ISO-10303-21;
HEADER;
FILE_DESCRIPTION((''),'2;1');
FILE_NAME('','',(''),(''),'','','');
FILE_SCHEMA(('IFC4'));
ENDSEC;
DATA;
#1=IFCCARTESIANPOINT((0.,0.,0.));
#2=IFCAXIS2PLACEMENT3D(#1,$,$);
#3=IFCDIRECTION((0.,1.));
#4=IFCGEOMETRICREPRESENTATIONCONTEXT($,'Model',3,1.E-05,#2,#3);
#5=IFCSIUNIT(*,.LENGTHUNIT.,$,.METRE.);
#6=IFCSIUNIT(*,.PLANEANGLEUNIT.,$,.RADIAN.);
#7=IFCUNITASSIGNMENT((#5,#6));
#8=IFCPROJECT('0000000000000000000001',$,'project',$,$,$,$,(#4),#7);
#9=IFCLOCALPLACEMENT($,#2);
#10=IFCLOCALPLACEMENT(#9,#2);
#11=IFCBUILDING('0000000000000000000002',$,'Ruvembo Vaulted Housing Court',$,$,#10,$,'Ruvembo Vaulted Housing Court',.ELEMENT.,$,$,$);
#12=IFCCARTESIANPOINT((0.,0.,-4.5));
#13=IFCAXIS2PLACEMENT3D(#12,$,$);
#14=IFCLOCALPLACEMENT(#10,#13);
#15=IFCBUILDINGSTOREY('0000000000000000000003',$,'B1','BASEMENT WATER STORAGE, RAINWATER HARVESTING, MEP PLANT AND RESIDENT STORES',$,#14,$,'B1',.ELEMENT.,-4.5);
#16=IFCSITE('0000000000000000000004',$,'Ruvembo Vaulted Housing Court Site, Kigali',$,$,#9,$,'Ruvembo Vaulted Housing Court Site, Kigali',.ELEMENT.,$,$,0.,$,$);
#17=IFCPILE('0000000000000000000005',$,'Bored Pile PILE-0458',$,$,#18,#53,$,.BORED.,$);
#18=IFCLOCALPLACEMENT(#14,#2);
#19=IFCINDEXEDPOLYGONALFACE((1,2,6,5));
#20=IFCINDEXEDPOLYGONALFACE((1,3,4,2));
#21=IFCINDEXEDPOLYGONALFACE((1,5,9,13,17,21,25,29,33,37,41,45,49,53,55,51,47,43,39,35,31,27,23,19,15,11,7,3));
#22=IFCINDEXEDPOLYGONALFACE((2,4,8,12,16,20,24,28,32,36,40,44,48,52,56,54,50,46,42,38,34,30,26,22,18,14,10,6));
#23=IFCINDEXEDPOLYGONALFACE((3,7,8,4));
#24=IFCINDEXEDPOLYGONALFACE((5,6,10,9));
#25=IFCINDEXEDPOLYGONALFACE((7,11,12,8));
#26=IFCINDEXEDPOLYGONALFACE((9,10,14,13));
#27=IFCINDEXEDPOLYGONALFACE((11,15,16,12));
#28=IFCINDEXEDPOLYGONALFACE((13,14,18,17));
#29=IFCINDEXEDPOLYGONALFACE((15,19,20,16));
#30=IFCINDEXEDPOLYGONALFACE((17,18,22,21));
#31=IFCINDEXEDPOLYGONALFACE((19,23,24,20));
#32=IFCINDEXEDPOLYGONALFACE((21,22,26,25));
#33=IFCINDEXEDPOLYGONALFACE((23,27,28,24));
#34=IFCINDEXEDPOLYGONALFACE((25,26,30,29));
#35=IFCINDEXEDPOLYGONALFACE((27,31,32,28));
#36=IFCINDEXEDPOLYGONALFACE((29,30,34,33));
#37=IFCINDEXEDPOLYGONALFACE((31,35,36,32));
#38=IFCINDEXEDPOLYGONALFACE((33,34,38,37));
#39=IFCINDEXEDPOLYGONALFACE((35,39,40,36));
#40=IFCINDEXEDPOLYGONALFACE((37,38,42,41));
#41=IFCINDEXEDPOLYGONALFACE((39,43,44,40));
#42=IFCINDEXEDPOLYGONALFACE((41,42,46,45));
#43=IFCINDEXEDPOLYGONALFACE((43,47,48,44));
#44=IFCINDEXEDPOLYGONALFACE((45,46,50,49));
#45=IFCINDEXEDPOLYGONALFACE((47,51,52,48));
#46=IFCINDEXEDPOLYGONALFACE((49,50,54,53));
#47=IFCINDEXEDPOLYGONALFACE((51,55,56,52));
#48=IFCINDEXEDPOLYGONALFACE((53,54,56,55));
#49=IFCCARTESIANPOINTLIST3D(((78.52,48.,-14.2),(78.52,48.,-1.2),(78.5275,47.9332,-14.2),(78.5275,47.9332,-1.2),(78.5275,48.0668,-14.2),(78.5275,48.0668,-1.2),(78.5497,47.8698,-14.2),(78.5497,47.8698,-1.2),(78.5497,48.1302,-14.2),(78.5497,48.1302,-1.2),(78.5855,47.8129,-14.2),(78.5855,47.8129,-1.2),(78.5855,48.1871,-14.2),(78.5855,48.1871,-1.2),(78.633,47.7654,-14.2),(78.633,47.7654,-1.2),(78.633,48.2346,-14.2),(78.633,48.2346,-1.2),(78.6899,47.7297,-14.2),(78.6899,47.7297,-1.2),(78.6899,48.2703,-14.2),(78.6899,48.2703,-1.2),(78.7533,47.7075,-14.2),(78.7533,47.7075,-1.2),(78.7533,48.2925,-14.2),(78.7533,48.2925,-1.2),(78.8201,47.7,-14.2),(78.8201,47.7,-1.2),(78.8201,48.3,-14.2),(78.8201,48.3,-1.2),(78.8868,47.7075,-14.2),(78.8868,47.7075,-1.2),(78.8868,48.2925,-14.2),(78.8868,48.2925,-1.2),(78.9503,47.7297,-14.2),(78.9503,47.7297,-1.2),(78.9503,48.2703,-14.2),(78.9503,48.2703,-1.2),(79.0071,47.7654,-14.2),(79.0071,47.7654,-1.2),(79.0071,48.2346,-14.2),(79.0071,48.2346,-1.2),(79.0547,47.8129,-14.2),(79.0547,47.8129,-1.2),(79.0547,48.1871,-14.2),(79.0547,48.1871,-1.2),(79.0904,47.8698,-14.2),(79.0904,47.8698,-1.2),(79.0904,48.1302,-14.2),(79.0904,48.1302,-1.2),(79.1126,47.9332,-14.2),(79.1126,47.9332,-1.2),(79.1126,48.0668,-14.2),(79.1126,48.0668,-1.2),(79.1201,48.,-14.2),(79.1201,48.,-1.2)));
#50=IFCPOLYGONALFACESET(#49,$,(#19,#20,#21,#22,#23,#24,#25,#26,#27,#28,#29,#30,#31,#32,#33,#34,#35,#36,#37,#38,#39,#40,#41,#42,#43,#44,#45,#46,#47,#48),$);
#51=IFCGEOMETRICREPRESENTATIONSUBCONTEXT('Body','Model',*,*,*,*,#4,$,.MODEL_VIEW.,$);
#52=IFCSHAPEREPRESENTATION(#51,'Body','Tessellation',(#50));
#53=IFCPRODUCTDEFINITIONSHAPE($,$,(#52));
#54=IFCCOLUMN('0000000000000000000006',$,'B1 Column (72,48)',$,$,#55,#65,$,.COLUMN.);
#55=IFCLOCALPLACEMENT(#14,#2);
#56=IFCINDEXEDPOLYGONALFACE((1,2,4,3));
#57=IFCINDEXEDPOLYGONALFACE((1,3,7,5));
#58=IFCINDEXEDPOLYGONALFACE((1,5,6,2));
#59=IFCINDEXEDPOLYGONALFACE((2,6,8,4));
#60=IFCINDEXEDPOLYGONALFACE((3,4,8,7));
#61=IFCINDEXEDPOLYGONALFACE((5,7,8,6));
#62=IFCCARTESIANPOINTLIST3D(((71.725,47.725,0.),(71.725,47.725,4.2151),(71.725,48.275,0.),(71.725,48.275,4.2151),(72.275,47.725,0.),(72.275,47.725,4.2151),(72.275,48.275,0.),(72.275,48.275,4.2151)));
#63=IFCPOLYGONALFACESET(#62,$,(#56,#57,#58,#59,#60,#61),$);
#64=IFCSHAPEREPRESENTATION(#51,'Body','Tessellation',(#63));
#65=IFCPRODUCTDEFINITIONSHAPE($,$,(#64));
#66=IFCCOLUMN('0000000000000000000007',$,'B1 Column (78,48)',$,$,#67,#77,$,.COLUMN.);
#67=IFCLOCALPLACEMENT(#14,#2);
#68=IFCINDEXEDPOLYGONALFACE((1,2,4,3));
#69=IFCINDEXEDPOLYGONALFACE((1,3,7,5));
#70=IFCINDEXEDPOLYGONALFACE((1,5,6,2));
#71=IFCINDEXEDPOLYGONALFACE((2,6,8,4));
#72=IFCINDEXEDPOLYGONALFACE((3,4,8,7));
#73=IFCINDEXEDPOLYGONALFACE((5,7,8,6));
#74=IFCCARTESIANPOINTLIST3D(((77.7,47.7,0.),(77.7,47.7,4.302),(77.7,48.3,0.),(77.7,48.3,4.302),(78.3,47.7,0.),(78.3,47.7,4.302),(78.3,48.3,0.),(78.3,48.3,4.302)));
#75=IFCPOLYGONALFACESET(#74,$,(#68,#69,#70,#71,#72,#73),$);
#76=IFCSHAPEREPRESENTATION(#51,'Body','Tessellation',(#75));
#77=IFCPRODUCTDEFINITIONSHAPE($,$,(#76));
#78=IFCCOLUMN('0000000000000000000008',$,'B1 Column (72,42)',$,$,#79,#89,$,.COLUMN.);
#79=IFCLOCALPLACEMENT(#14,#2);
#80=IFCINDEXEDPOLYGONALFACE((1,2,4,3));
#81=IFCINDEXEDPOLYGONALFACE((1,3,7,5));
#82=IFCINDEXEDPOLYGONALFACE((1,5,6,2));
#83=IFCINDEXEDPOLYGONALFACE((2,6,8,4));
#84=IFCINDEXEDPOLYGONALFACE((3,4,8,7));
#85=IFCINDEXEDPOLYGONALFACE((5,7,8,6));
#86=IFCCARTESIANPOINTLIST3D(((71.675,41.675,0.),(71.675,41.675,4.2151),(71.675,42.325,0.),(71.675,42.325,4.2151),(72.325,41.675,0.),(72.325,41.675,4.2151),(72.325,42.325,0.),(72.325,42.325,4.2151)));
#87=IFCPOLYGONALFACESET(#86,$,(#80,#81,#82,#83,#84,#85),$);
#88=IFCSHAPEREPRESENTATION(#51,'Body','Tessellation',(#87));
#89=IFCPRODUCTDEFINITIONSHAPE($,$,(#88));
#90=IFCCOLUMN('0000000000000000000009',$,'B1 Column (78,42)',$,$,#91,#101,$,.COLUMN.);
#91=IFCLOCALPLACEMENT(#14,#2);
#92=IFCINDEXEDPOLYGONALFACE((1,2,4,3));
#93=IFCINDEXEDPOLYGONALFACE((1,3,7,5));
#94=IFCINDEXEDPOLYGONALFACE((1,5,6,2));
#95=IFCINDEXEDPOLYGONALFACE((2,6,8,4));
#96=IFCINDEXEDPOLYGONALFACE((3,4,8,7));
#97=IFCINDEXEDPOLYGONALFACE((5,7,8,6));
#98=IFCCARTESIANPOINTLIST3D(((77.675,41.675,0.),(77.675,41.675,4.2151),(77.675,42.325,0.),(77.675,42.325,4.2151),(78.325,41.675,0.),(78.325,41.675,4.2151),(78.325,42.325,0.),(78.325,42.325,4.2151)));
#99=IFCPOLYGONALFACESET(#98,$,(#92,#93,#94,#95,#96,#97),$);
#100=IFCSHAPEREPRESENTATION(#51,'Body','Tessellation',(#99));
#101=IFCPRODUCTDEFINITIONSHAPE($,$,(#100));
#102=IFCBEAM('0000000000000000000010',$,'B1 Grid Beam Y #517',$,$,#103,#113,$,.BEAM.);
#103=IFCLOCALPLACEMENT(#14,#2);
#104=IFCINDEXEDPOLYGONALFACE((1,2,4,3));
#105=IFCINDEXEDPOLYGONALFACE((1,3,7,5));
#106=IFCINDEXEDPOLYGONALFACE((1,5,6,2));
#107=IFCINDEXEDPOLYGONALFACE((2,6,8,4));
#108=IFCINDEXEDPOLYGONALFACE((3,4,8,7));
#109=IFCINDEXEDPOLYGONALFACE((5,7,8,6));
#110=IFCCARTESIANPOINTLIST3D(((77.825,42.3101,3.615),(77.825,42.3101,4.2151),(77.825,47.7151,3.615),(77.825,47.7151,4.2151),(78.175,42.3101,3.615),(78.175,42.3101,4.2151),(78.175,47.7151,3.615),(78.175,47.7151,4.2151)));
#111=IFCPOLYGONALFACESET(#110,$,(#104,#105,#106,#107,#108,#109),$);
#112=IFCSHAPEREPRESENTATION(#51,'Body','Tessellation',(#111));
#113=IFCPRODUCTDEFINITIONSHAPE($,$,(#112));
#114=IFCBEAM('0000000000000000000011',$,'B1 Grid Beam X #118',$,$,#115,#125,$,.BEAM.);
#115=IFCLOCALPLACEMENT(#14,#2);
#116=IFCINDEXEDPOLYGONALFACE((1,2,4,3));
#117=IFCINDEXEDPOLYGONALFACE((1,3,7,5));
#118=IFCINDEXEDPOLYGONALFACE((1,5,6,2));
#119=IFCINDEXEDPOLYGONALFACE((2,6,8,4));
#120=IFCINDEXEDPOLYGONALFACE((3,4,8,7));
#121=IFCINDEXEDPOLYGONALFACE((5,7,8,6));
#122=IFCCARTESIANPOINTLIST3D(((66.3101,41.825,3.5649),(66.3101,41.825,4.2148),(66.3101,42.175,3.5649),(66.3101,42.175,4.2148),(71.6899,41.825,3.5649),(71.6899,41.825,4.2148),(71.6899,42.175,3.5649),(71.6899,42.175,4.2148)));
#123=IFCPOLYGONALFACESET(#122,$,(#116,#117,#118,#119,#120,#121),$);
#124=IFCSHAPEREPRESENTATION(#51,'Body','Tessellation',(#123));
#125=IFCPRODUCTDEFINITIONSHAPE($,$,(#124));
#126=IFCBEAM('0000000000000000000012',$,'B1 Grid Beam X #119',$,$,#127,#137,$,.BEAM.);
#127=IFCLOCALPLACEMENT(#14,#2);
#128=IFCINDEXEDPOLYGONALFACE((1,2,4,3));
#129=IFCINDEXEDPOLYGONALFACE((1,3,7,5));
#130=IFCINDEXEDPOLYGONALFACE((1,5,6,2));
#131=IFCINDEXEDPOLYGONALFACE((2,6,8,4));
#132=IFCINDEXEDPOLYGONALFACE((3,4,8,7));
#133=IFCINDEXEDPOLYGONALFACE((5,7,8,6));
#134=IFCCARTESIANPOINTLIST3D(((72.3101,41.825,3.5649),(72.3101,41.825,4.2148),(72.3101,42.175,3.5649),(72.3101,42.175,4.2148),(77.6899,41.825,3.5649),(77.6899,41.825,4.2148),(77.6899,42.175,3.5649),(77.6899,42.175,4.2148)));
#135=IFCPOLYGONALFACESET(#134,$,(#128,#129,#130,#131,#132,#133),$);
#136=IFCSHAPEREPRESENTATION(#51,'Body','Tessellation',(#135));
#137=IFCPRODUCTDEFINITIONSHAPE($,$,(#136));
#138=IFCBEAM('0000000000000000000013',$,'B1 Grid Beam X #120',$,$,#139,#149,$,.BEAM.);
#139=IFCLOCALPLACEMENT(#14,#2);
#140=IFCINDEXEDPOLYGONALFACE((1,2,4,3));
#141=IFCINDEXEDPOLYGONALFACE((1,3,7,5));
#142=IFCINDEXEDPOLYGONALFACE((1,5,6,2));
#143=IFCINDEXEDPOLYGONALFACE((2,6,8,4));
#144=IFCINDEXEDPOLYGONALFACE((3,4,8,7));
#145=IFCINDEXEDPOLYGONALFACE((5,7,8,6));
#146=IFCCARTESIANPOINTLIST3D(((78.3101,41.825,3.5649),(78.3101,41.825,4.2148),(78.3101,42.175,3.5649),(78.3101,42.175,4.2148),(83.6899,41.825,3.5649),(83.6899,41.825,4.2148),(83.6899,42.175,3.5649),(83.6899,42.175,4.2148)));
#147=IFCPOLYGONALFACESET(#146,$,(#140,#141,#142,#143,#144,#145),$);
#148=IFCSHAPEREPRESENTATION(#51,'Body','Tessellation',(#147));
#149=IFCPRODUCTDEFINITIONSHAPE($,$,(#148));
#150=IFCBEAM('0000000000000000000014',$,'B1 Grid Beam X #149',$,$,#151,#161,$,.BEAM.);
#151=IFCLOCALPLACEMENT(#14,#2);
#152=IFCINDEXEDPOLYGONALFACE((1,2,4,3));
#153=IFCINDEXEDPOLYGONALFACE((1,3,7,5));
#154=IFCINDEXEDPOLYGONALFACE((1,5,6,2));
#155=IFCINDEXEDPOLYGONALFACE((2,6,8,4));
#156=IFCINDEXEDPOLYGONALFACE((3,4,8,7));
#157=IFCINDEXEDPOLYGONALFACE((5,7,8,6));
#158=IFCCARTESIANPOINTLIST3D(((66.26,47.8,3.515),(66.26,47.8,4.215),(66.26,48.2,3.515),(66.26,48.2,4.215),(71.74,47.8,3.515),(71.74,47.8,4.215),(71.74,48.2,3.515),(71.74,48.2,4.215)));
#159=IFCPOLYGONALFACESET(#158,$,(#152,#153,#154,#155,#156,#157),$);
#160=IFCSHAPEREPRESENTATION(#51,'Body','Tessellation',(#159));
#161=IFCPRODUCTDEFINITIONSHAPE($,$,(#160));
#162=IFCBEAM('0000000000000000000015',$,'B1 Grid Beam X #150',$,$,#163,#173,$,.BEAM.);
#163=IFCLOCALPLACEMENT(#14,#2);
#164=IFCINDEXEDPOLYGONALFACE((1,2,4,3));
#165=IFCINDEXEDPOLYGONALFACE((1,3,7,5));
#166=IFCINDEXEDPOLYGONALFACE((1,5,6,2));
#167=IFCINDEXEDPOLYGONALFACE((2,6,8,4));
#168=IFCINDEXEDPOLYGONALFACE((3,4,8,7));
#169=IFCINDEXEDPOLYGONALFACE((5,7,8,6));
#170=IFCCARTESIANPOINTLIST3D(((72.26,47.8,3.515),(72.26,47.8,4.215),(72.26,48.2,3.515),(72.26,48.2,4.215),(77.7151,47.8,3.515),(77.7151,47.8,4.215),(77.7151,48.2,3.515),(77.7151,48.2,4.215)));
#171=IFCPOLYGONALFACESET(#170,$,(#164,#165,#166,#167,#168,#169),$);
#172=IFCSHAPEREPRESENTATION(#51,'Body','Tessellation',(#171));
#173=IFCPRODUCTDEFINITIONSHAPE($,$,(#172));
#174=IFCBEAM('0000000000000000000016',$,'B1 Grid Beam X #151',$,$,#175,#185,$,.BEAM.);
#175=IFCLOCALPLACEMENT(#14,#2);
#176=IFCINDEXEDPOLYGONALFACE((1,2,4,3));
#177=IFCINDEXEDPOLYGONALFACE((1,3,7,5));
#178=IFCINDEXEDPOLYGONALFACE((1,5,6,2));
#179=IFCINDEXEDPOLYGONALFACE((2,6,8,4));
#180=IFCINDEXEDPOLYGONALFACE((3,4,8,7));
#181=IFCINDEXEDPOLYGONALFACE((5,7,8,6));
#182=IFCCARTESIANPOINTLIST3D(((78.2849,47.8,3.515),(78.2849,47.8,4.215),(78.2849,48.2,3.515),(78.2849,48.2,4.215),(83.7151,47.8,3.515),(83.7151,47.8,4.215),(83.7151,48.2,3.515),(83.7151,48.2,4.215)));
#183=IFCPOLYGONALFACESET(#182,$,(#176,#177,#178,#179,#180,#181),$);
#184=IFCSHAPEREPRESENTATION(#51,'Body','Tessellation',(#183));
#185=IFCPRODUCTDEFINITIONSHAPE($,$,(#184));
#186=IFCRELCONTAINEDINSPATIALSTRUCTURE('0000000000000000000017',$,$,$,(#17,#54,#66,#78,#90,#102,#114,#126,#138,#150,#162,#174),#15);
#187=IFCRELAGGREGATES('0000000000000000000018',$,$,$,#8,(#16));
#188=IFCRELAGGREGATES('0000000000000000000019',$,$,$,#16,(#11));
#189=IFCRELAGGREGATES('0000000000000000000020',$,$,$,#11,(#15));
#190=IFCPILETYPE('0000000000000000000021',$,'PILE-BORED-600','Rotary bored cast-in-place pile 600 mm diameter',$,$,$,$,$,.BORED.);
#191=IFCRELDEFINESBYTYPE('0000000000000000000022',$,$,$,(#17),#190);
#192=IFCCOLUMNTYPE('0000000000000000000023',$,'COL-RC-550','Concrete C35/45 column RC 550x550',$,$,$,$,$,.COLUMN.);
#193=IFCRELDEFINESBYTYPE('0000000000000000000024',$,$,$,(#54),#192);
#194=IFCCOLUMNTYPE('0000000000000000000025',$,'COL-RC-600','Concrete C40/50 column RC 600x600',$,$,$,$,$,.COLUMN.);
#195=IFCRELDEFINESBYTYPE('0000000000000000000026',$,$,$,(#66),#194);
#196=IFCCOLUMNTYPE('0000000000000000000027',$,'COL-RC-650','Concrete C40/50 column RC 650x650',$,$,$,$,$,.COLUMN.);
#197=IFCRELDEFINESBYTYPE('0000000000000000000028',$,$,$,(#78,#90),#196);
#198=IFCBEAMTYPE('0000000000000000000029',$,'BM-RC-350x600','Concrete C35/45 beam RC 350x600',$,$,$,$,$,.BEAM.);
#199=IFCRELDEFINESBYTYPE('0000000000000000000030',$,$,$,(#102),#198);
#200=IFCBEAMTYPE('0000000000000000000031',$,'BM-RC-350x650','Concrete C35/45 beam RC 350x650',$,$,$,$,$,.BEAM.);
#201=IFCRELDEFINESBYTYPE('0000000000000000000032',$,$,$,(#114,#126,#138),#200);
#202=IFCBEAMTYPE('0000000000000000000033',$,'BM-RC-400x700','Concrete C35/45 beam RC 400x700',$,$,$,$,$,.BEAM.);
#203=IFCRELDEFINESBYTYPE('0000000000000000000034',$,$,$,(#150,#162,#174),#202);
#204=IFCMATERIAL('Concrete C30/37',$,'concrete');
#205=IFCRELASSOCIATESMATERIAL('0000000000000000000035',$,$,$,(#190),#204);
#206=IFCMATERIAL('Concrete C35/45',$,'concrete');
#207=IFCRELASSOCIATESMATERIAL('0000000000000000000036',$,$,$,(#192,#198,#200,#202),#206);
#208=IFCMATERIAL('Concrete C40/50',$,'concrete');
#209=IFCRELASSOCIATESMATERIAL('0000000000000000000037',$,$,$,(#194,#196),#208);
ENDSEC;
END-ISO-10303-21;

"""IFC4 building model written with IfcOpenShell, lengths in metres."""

from ifc_helpers import new_model, si_unit, direction, frame, origin, origin_2d, place, context, subcontext, project, spatial, rectangle, circle, extrude, material, material_profile, profile_set, type_object, element, save


model = new_model("IFC4")

# Units and contexts
model_context = context("Model", 3, precision=1e-05, world=origin(), true_north=direction((0.0, 1.0)))
body_context = subcontext(model_context, "Body", "Model", "MODEL_VIEW")
ifc_project = project(units=[si_unit("LENGTHUNIT", "METRE"), si_unit("PLANEANGLEUNIT", "RADIAN")], contexts=[model_context])

# Site, building, storey
site_placement = place(None, origin())
site = spatial("IfcSite", under=ifc_project, at=site_placement, Name="Ruvembo Vaulted Housing Court Site, Kigali", LongName="Ruvembo Vaulted Housing Court Site, Kigali", CompositionType="ELEMENT", RefElevation=0.0)
building_placement = place(site_placement, origin())
building = spatial("IfcBuilding", under=site, at=building_placement, Name="Ruvembo Vaulted Housing Court", LongName="Ruvembo Vaulted Housing Court", CompositionType="ELEMENT")
storey_placement = place(building_placement, frame((0.0, 0.0, -4.5)))
storey = spatial("IfcBuildingStorey", under=building, at=storey_placement, Name="B1", Description="BASEMENT WATER STORAGE, RAINWATER HARVESTING, MEP PLANT AND RESIDENT STORES", LongName="B1", CompositionType="ELEMENT", Elevation=-4.5)

# Shared definitions
ifc_material_1 = material(Name="Concrete C35/45", Category="concrete")

# Pile
ifc_material_2 = material(Name="Concrete C30/37", Category="concrete")
ifc_material_profile_1 = material_profile(ifc_material_2, circle(Radius=0.3, at=origin_2d()), Name="PILE D600")
ifc_profile_set_1 = profile_set([ifc_material_profile_1], Name="Concrete C30/37")
pile_type = type_object("IfcPileType", Name="PILE-BORED-600", Description="Rotary bored cast-in-place pile 600 mm diameter", PredefinedType="BORED", material=ifc_profile_set_1)
for number, where, z_axis, x_axis, name in (
    (1, (78.8201, 48.0, -1.2), (0.0, 0.0, -1.0), (1.0, 0.0, 0.0), "Bored Pile PILE-0458"),
):
    element("IfcPile", number, at=place(storey_placement, frame(where, z_axis=z_axis, x_axis=x_axis)), inside=storey, type_object=pile_type, Name=name, PredefinedType="BORED", context=body_context, shape_type="SweptSolid", body=[
        extrude(circle(Radius=0.3, at=origin_2d()), origin(), (0.0, 0.0, 1.0), 13.0),
    ])

# Columns
ifc_material_profile_2 = material_profile(ifc_material_1, rectangle(XDim=0.55, YDim=0.55, at=origin_2d()), Name="RC 550x550")
ifc_profile_set_2 = profile_set([ifc_material_profile_2], Name="Concrete C35/45")
column_type_1 = type_object("IfcColumnType", Name="COL-RC-550", Description="Concrete C35/45 column RC 550x550", PredefinedType="COLUMN", material=ifc_profile_set_2)
column_1_placement = place(storey_placement, frame((72.0, 48.0, 0.0), z_axis=(0.0, 0.0, 1.0), x_axis=(1.0, 0.0, 0.0)))
element("IfcColumn", 2, at=column_1_placement, inside=storey, type_object=column_type_1, Name="B1 Column (72,48)", PredefinedType="COLUMN", context=body_context, shape_type="SweptSolid", body=[
    extrude(rectangle(XDim=0.55, YDim=0.55, at=origin_2d()), origin(), (0.0, 0.0, 1.0), 4.2151),
])
ifc_material_3 = material(Name="Concrete C40/50", Category="concrete")
ifc_material_profile_3 = material_profile(ifc_material_3, rectangle(XDim=0.6001, YDim=0.6001, at=origin_2d()), Name="RC 600x600")
ifc_profile_set_3 = profile_set([ifc_material_profile_3], Name="Concrete C40/50")
column_type_2 = type_object("IfcColumnType", Name="COL-RC-600", Description="Concrete C40/50 column RC 600x600", PredefinedType="COLUMN", material=ifc_profile_set_3)
column_2_placement = place(storey_placement, frame((78.0, 48.0, 0.0), z_axis=(0.0, 0.0, 1.0), x_axis=(1.0, 0.0, 0.0)))
element("IfcColumn", 3, at=column_2_placement, inside=storey, type_object=column_type_2, Name="B1 Column (78,48)", PredefinedType="COLUMN", context=body_context, shape_type="SweptSolid", body=[
    extrude(rectangle(XDim=0.6001, YDim=0.6001, at=origin_2d()), origin(), (0.0, 0.0, 1.0), 4.302),
])
ifc_material_profile_4 = material_profile(ifc_material_3, rectangle(XDim=0.6499, YDim=0.6499, at=origin_2d()), Name="RC 650x650")
ifc_profile_set_4 = profile_set([ifc_material_profile_4], Name="Concrete C40/50")
column_type_3 = type_object("IfcColumnType", Name="COL-RC-650", Description="Concrete C40/50 column RC 650x650", PredefinedType="COLUMN", material=ifc_profile_set_4)
for number, where, z_axis, x_axis, name in (
    (4, (72.0, 42.0, 0.0), (0.0, 0.0, 1.0), (1.0, 0.0, 0.0), "B1 Column (72,42)"),
    (5, (78.0, 42.0, 0.0), (0.0, 0.0, 1.0), (1.0, 0.0, 0.0), "B1 Column (78,42)"),
):
    element("IfcColumn", number, at=place(storey_placement, frame(where, z_axis=z_axis, x_axis=x_axis)), inside=storey, type_object=column_type_3, Name=name, PredefinedType="COLUMN", context=body_context, shape_type="SweptSolid", body=[
        extrude(rectangle(XDim=0.6499, YDim=0.6499, at=origin_2d()), origin(), (0.0, 0.0, 1.0), 4.2151),
    ])

# Beams
ifc_material_profile_5 = material_profile(ifc_material_1, rectangle(XDim=0.3501, YDim=0.6001, at=origin_2d()), Name="RC 350x600")
ifc_profile_set_5 = profile_set([ifc_material_profile_5], Name="Concrete C35/45")
beam_type_1 = type_object("IfcBeamType", Name="BM-RC-350x600", Description="Concrete C35/45 beam RC 350x600", PredefinedType="BEAM", material=ifc_profile_set_5)
beam_1_placement = place(storey_placement, frame((78.0, 42.3101, 3.915), z_axis=(0.0, 1.0, 0.0), x_axis=(-1.0, 0.0, 0.0)))
element("IfcBeam", 6, at=beam_1_placement, inside=storey, type_object=beam_type_1, Name="B1 Grid Beam Y #517", PredefinedType="BEAM", context=body_context, shape_type="SweptSolid", body=[
    extrude(rectangle(XDim=0.3501, YDim=0.6001, at=origin_2d()), origin(), (0.0, 0.0, 1.0), 5.405),
])
ifc_material_profile_6 = material_profile(ifc_material_1, rectangle(XDim=0.3501, YDim=0.6499, at=origin_2d()), Name="RC 350x650")
ifc_profile_set_6 = profile_set([ifc_material_profile_6], Name="Concrete C35/45")
beam_type_2 = type_object("IfcBeamType", Name="BM-RC-350x650", Description="Concrete C35/45 beam RC 350x650", PredefinedType="BEAM", material=ifc_profile_set_6)
for number, where, z_axis, x_axis, name in (
    (7, (66.3101, 42.0, 3.8899), (1.0, 0.0, 0.0), (0.0, 1.0, 0.0), "B1 Grid Beam X #118"),
    (8, (72.3101, 42.0, 3.8899), (1.0, 0.0, 0.0), (0.0, 1.0, 0.0), "B1 Grid Beam X #119"),
    (9, (78.3101, 42.0, 3.8899), (1.0, 0.0, 0.0), (0.0, 1.0, 0.0), "B1 Grid Beam X #120"),
):
    element("IfcBeam", number, at=place(storey_placement, frame(where, z_axis=z_axis, x_axis=x_axis)), inside=storey, type_object=beam_type_2, Name=name, PredefinedType="BEAM", context=body_context, shape_type="SweptSolid", body=[
        extrude(rectangle(XDim=0.3501, YDim=0.6499, at=origin_2d()), origin(), (0.0, 0.0, 1.0), 5.3799),
    ])
ifc_material_profile_7 = material_profile(ifc_material_1, rectangle(XDim=0.3999, YDim=0.7, at=origin_2d()), Name="RC 400x700")
ifc_profile_set_7 = profile_set([ifc_material_profile_7], Name="Concrete C35/45")
beam_type_3 = type_object("IfcBeamType", Name="BM-RC-400x700", Description="Concrete C35/45 beam RC 400x700", PredefinedType="BEAM", material=ifc_profile_set_7)
beam_2_placement = place(storey_placement, frame((66.26, 48.0, 3.865), z_axis=(1.0, 0.0, 0.0), x_axis=(0.0, 1.0, 0.0)))
element("IfcBeam", 10, at=beam_2_placement, inside=storey, type_object=beam_type_3, Name="B1 Grid Beam X #149", PredefinedType="BEAM", context=body_context, shape_type="SweptSolid", body=[
    extrude(rectangle(XDim=0.3999, YDim=0.7, at=origin_2d()), origin(), (0.0, 0.0, 1.0), 5.48),
])
beam_3_placement = place(storey_placement, frame((72.26, 48.0, 3.865), z_axis=(1.0, 0.0, 0.0), x_axis=(0.0, 1.0, 0.0)))
element("IfcBeam", 11, at=beam_3_placement, inside=storey, type_object=beam_type_3, Name="B1 Grid Beam X #150", PredefinedType="BEAM", context=body_context, shape_type="SweptSolid", body=[
    extrude(rectangle(XDim=0.3999, YDim=0.7, at=origin_2d()), origin(), (0.0, 0.0, 1.0), 5.4551),
])
beam_4_placement = place(storey_placement, frame((78.2849, 48.0, 3.865), z_axis=(1.0, 0.0, 0.0), x_axis=(0.0, 1.0, 0.0)))
element("IfcBeam", 12, at=beam_4_placement, inside=storey, type_object=beam_type_3, Name="B1 Grid Beam X #151", PredefinedType="BEAM", context=body_context, shape_type="SweptSolid", body=[
    extrude(rectangle(XDim=0.3999, YDim=0.7, at=origin_2d()), origin(), (0.0, 0.0, 1.0), 5.4302),
])

save(model, "model.ifc")
